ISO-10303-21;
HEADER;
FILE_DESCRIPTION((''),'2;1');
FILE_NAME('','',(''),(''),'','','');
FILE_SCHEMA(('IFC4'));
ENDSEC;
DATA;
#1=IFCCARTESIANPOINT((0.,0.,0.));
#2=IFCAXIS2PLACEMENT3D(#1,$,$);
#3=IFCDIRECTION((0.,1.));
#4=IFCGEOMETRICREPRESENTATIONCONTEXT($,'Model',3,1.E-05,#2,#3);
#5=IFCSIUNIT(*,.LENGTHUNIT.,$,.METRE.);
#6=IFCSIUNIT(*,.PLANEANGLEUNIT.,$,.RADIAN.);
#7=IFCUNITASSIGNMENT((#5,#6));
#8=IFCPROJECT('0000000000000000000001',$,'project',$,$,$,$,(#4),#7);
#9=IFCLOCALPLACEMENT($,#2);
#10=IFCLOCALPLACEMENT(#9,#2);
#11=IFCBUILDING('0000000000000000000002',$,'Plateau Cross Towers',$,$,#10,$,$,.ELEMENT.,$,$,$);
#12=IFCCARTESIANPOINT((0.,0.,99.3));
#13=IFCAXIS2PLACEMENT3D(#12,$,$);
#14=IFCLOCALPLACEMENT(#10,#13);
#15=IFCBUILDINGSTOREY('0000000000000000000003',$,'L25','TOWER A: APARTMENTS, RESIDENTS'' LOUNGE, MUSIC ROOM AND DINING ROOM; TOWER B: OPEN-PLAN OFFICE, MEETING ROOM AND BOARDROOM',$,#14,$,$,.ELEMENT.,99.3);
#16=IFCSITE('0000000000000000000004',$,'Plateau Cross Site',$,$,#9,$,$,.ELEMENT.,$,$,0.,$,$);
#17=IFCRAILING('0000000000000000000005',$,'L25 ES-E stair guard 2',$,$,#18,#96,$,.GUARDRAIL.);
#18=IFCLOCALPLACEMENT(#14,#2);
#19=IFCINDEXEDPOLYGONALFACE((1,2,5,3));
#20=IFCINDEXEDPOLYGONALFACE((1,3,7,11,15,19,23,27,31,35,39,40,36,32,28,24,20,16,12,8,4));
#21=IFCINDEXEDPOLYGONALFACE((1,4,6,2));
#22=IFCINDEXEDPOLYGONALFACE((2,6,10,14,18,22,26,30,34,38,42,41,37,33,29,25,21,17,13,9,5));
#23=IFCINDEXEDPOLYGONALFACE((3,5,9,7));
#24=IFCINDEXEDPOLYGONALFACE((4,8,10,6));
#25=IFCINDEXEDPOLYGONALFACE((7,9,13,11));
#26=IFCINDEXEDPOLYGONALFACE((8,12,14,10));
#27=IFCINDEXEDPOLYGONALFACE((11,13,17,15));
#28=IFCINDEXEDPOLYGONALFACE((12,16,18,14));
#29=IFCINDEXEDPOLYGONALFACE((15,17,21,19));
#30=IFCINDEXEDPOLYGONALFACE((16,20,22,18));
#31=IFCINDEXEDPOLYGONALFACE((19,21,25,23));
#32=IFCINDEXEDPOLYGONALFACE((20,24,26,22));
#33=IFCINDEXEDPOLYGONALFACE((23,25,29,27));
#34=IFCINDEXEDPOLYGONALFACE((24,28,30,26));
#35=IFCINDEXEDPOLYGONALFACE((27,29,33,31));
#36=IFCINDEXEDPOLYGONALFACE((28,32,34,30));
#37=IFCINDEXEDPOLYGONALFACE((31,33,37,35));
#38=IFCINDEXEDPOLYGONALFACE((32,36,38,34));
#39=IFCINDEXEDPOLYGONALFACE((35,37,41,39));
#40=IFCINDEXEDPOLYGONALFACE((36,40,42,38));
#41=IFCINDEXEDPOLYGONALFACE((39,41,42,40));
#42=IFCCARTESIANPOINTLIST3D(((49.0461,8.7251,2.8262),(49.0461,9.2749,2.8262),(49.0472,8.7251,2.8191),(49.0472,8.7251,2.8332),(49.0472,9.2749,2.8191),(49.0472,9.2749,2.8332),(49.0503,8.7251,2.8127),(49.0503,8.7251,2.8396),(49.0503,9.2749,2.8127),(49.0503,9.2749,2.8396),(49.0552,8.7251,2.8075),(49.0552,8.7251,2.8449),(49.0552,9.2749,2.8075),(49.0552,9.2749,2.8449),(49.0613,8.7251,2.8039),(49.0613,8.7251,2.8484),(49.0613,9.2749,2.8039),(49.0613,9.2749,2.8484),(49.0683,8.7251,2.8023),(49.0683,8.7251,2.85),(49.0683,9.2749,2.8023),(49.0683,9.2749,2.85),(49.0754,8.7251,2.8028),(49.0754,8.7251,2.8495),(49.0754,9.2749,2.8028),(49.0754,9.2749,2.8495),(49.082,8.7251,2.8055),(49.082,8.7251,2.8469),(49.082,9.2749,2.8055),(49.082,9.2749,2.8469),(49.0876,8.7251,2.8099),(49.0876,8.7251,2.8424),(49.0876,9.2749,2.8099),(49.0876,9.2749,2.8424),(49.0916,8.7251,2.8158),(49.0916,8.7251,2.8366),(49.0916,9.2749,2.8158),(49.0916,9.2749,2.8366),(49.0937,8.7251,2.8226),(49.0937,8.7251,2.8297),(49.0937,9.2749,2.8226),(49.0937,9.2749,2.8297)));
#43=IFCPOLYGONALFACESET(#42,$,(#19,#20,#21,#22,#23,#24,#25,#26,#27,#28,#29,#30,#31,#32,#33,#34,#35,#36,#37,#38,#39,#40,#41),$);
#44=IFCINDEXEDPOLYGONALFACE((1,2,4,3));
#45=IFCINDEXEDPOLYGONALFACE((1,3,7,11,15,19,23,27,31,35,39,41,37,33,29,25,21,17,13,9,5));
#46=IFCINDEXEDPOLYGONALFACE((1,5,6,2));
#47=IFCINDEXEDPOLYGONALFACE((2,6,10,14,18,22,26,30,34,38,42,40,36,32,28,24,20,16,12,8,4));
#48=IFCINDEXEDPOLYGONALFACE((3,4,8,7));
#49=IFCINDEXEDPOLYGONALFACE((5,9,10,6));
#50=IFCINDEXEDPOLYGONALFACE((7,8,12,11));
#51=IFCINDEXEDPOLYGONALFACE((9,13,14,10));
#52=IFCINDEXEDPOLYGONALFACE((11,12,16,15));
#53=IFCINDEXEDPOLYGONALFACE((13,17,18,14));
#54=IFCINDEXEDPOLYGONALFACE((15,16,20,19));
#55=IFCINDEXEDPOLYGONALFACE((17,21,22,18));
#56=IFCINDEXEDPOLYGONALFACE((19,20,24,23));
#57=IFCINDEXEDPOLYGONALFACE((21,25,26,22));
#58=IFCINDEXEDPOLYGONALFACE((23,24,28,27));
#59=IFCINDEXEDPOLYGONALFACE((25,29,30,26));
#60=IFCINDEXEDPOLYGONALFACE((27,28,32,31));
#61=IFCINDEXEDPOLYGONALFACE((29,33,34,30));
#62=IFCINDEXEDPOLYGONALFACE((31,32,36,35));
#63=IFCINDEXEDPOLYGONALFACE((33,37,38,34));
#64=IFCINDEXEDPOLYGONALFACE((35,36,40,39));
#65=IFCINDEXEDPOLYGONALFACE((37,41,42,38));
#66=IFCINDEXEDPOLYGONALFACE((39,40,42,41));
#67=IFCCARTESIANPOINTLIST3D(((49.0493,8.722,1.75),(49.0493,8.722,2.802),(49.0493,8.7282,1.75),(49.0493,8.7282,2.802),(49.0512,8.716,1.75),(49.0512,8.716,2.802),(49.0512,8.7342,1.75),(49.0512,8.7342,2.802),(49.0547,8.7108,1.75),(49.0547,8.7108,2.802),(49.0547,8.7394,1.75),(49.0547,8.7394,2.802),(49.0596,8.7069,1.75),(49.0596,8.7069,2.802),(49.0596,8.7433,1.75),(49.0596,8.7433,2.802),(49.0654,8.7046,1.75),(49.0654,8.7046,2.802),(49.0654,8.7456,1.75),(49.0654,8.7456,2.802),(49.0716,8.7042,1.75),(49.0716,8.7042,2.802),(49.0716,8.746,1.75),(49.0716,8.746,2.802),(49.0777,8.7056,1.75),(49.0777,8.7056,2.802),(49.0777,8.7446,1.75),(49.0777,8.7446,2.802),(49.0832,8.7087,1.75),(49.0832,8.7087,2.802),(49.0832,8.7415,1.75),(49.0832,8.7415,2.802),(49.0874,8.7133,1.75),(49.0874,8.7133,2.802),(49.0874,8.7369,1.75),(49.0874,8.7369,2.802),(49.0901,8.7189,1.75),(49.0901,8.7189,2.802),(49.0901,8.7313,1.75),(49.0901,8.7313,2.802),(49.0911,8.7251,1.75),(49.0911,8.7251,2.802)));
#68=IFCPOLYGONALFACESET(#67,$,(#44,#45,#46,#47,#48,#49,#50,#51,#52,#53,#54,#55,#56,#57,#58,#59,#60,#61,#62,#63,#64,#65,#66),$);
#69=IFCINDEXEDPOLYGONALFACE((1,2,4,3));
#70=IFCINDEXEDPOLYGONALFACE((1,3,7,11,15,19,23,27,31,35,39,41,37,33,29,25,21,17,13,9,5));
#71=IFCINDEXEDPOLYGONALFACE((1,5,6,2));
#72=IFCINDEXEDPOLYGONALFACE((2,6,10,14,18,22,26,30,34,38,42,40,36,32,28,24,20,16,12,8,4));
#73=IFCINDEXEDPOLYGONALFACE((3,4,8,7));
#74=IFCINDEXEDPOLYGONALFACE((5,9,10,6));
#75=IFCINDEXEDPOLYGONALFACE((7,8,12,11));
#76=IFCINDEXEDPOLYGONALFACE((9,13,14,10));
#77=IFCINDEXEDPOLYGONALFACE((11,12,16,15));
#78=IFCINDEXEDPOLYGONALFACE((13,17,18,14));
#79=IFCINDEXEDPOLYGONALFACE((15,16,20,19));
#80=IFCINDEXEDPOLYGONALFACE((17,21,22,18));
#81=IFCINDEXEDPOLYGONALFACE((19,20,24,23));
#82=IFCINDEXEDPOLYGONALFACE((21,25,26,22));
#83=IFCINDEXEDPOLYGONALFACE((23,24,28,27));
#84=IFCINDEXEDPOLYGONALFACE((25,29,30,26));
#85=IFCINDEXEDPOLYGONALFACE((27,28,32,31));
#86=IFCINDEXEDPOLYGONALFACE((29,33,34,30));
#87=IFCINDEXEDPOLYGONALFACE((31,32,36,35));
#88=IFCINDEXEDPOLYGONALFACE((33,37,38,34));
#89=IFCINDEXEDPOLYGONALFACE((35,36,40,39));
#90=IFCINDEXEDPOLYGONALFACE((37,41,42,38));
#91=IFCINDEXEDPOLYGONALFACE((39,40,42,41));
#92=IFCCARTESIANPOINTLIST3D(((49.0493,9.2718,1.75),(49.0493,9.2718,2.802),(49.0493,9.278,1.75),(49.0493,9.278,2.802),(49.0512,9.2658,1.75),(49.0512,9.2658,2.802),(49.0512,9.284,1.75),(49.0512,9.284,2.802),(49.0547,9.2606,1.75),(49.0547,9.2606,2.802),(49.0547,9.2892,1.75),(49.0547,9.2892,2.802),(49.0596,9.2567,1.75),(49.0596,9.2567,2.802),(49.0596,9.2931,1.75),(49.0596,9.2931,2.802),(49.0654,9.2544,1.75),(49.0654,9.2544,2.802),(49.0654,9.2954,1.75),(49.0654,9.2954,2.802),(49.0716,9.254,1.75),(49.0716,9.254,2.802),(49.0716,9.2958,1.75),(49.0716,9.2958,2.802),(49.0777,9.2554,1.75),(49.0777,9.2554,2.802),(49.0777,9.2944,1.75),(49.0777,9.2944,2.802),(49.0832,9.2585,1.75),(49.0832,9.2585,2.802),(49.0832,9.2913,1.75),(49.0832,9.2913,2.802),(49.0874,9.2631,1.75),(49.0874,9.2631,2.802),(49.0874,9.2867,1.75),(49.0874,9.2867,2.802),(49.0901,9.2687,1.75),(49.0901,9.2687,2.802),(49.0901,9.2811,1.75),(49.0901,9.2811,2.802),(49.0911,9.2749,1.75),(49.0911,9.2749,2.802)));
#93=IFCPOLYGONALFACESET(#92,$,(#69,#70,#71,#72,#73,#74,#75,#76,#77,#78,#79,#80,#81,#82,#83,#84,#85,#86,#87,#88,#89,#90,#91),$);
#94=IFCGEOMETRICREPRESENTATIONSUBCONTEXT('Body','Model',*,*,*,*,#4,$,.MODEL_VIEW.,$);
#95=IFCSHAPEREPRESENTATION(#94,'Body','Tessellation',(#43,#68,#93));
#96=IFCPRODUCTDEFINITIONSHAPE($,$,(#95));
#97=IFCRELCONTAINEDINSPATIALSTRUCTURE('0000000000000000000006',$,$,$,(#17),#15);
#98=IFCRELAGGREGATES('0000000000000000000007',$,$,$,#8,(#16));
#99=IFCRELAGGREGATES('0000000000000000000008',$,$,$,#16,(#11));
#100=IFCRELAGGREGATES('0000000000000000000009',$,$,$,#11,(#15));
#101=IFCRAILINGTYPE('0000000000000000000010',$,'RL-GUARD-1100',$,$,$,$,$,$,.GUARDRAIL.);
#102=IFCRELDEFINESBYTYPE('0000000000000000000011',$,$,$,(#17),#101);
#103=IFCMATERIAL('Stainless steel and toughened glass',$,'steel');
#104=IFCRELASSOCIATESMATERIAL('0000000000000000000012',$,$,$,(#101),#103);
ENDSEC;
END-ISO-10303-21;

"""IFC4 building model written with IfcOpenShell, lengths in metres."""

from ifc_helpers import new_model, si_unit, direction, frame, origin, origin_2d, place, context, subcontext, project, spatial, circle, extrude, material, type_object, element, save


model = new_model("IFC4")

# Units and contexts
model_context = context("Model", 3, precision=1e-05, world=origin(), true_north=direction((0.0, 1.0)))
body_context = subcontext(model_context, "Body", "Model", "MODEL_VIEW")
ifc_project = project(units=[si_unit("LENGTHUNIT", "METRE"), si_unit("PLANEANGLEUNIT", "RADIAN")], contexts=[model_context])

# Site, building, storey
site_placement = place(None, origin())
site = spatial("IfcSite", under=ifc_project, at=site_placement, Name="Plateau Cross Site", CompositionType="ELEMENT", RefElevation=0.0)
building_placement = place(site_placement, origin())
building = spatial("IfcBuilding", under=site, at=building_placement, Name="Plateau Cross Towers", CompositionType="ELEMENT")
storey_placement = place(building_placement, frame((0.0, 0.0, 99.3)))
storey = spatial("IfcBuildingStorey", under=building, at=storey_placement, Name="L25", Description="TOWER A: APARTMENTS, RESIDENTS' LOUNGE, MUSIC ROOM AND DINING ROOM; TOWER B: OPEN-PLAN OFFICE, MEETING ROOM AND BOARDROOM", CompositionType="ELEMENT", Elevation=99.3)

# Railing
ifc_material_1 = material(Name="Stainless steel and toughened glass", Category="steel")
railing_type_1 = type_object("IfcRailingType", Name="RL-GUARD-1100", PredefinedType="GUARDRAIL", material=ifc_material_1)
railing_1_placement = place(storey_placement, frame((49.0701, 8.7251, 1.75)))
element("IfcRailing", 1, at=railing_1_placement, inside=storey, type_object=railing_type_1, Name="L25 ES-E stair guard 2", PredefinedType="GUARDRAIL", context=body_context, shape_type="SweptSolid", body=[
    extrude(circle(Radius=0.0239, at=origin_2d()), frame((0.0, 0.0, 1.0762), z_axis=(0.0, 1.0, 0.0), x_axis=(-1.0, 0.0, 0.0)), (0.0, 0.0, 1.0), 0.5498),
    extrude(circle(Radius=0.021, at=origin_2d()), origin(), (0.0, 0.0, 1.0), 1.052),
    extrude(circle(Radius=0.021, at=origin_2d()), frame((0.0, 0.5498, 0.0)), (0.0, 0.0, 1.0), 1.052),
])

save(model, "model.ifc")
